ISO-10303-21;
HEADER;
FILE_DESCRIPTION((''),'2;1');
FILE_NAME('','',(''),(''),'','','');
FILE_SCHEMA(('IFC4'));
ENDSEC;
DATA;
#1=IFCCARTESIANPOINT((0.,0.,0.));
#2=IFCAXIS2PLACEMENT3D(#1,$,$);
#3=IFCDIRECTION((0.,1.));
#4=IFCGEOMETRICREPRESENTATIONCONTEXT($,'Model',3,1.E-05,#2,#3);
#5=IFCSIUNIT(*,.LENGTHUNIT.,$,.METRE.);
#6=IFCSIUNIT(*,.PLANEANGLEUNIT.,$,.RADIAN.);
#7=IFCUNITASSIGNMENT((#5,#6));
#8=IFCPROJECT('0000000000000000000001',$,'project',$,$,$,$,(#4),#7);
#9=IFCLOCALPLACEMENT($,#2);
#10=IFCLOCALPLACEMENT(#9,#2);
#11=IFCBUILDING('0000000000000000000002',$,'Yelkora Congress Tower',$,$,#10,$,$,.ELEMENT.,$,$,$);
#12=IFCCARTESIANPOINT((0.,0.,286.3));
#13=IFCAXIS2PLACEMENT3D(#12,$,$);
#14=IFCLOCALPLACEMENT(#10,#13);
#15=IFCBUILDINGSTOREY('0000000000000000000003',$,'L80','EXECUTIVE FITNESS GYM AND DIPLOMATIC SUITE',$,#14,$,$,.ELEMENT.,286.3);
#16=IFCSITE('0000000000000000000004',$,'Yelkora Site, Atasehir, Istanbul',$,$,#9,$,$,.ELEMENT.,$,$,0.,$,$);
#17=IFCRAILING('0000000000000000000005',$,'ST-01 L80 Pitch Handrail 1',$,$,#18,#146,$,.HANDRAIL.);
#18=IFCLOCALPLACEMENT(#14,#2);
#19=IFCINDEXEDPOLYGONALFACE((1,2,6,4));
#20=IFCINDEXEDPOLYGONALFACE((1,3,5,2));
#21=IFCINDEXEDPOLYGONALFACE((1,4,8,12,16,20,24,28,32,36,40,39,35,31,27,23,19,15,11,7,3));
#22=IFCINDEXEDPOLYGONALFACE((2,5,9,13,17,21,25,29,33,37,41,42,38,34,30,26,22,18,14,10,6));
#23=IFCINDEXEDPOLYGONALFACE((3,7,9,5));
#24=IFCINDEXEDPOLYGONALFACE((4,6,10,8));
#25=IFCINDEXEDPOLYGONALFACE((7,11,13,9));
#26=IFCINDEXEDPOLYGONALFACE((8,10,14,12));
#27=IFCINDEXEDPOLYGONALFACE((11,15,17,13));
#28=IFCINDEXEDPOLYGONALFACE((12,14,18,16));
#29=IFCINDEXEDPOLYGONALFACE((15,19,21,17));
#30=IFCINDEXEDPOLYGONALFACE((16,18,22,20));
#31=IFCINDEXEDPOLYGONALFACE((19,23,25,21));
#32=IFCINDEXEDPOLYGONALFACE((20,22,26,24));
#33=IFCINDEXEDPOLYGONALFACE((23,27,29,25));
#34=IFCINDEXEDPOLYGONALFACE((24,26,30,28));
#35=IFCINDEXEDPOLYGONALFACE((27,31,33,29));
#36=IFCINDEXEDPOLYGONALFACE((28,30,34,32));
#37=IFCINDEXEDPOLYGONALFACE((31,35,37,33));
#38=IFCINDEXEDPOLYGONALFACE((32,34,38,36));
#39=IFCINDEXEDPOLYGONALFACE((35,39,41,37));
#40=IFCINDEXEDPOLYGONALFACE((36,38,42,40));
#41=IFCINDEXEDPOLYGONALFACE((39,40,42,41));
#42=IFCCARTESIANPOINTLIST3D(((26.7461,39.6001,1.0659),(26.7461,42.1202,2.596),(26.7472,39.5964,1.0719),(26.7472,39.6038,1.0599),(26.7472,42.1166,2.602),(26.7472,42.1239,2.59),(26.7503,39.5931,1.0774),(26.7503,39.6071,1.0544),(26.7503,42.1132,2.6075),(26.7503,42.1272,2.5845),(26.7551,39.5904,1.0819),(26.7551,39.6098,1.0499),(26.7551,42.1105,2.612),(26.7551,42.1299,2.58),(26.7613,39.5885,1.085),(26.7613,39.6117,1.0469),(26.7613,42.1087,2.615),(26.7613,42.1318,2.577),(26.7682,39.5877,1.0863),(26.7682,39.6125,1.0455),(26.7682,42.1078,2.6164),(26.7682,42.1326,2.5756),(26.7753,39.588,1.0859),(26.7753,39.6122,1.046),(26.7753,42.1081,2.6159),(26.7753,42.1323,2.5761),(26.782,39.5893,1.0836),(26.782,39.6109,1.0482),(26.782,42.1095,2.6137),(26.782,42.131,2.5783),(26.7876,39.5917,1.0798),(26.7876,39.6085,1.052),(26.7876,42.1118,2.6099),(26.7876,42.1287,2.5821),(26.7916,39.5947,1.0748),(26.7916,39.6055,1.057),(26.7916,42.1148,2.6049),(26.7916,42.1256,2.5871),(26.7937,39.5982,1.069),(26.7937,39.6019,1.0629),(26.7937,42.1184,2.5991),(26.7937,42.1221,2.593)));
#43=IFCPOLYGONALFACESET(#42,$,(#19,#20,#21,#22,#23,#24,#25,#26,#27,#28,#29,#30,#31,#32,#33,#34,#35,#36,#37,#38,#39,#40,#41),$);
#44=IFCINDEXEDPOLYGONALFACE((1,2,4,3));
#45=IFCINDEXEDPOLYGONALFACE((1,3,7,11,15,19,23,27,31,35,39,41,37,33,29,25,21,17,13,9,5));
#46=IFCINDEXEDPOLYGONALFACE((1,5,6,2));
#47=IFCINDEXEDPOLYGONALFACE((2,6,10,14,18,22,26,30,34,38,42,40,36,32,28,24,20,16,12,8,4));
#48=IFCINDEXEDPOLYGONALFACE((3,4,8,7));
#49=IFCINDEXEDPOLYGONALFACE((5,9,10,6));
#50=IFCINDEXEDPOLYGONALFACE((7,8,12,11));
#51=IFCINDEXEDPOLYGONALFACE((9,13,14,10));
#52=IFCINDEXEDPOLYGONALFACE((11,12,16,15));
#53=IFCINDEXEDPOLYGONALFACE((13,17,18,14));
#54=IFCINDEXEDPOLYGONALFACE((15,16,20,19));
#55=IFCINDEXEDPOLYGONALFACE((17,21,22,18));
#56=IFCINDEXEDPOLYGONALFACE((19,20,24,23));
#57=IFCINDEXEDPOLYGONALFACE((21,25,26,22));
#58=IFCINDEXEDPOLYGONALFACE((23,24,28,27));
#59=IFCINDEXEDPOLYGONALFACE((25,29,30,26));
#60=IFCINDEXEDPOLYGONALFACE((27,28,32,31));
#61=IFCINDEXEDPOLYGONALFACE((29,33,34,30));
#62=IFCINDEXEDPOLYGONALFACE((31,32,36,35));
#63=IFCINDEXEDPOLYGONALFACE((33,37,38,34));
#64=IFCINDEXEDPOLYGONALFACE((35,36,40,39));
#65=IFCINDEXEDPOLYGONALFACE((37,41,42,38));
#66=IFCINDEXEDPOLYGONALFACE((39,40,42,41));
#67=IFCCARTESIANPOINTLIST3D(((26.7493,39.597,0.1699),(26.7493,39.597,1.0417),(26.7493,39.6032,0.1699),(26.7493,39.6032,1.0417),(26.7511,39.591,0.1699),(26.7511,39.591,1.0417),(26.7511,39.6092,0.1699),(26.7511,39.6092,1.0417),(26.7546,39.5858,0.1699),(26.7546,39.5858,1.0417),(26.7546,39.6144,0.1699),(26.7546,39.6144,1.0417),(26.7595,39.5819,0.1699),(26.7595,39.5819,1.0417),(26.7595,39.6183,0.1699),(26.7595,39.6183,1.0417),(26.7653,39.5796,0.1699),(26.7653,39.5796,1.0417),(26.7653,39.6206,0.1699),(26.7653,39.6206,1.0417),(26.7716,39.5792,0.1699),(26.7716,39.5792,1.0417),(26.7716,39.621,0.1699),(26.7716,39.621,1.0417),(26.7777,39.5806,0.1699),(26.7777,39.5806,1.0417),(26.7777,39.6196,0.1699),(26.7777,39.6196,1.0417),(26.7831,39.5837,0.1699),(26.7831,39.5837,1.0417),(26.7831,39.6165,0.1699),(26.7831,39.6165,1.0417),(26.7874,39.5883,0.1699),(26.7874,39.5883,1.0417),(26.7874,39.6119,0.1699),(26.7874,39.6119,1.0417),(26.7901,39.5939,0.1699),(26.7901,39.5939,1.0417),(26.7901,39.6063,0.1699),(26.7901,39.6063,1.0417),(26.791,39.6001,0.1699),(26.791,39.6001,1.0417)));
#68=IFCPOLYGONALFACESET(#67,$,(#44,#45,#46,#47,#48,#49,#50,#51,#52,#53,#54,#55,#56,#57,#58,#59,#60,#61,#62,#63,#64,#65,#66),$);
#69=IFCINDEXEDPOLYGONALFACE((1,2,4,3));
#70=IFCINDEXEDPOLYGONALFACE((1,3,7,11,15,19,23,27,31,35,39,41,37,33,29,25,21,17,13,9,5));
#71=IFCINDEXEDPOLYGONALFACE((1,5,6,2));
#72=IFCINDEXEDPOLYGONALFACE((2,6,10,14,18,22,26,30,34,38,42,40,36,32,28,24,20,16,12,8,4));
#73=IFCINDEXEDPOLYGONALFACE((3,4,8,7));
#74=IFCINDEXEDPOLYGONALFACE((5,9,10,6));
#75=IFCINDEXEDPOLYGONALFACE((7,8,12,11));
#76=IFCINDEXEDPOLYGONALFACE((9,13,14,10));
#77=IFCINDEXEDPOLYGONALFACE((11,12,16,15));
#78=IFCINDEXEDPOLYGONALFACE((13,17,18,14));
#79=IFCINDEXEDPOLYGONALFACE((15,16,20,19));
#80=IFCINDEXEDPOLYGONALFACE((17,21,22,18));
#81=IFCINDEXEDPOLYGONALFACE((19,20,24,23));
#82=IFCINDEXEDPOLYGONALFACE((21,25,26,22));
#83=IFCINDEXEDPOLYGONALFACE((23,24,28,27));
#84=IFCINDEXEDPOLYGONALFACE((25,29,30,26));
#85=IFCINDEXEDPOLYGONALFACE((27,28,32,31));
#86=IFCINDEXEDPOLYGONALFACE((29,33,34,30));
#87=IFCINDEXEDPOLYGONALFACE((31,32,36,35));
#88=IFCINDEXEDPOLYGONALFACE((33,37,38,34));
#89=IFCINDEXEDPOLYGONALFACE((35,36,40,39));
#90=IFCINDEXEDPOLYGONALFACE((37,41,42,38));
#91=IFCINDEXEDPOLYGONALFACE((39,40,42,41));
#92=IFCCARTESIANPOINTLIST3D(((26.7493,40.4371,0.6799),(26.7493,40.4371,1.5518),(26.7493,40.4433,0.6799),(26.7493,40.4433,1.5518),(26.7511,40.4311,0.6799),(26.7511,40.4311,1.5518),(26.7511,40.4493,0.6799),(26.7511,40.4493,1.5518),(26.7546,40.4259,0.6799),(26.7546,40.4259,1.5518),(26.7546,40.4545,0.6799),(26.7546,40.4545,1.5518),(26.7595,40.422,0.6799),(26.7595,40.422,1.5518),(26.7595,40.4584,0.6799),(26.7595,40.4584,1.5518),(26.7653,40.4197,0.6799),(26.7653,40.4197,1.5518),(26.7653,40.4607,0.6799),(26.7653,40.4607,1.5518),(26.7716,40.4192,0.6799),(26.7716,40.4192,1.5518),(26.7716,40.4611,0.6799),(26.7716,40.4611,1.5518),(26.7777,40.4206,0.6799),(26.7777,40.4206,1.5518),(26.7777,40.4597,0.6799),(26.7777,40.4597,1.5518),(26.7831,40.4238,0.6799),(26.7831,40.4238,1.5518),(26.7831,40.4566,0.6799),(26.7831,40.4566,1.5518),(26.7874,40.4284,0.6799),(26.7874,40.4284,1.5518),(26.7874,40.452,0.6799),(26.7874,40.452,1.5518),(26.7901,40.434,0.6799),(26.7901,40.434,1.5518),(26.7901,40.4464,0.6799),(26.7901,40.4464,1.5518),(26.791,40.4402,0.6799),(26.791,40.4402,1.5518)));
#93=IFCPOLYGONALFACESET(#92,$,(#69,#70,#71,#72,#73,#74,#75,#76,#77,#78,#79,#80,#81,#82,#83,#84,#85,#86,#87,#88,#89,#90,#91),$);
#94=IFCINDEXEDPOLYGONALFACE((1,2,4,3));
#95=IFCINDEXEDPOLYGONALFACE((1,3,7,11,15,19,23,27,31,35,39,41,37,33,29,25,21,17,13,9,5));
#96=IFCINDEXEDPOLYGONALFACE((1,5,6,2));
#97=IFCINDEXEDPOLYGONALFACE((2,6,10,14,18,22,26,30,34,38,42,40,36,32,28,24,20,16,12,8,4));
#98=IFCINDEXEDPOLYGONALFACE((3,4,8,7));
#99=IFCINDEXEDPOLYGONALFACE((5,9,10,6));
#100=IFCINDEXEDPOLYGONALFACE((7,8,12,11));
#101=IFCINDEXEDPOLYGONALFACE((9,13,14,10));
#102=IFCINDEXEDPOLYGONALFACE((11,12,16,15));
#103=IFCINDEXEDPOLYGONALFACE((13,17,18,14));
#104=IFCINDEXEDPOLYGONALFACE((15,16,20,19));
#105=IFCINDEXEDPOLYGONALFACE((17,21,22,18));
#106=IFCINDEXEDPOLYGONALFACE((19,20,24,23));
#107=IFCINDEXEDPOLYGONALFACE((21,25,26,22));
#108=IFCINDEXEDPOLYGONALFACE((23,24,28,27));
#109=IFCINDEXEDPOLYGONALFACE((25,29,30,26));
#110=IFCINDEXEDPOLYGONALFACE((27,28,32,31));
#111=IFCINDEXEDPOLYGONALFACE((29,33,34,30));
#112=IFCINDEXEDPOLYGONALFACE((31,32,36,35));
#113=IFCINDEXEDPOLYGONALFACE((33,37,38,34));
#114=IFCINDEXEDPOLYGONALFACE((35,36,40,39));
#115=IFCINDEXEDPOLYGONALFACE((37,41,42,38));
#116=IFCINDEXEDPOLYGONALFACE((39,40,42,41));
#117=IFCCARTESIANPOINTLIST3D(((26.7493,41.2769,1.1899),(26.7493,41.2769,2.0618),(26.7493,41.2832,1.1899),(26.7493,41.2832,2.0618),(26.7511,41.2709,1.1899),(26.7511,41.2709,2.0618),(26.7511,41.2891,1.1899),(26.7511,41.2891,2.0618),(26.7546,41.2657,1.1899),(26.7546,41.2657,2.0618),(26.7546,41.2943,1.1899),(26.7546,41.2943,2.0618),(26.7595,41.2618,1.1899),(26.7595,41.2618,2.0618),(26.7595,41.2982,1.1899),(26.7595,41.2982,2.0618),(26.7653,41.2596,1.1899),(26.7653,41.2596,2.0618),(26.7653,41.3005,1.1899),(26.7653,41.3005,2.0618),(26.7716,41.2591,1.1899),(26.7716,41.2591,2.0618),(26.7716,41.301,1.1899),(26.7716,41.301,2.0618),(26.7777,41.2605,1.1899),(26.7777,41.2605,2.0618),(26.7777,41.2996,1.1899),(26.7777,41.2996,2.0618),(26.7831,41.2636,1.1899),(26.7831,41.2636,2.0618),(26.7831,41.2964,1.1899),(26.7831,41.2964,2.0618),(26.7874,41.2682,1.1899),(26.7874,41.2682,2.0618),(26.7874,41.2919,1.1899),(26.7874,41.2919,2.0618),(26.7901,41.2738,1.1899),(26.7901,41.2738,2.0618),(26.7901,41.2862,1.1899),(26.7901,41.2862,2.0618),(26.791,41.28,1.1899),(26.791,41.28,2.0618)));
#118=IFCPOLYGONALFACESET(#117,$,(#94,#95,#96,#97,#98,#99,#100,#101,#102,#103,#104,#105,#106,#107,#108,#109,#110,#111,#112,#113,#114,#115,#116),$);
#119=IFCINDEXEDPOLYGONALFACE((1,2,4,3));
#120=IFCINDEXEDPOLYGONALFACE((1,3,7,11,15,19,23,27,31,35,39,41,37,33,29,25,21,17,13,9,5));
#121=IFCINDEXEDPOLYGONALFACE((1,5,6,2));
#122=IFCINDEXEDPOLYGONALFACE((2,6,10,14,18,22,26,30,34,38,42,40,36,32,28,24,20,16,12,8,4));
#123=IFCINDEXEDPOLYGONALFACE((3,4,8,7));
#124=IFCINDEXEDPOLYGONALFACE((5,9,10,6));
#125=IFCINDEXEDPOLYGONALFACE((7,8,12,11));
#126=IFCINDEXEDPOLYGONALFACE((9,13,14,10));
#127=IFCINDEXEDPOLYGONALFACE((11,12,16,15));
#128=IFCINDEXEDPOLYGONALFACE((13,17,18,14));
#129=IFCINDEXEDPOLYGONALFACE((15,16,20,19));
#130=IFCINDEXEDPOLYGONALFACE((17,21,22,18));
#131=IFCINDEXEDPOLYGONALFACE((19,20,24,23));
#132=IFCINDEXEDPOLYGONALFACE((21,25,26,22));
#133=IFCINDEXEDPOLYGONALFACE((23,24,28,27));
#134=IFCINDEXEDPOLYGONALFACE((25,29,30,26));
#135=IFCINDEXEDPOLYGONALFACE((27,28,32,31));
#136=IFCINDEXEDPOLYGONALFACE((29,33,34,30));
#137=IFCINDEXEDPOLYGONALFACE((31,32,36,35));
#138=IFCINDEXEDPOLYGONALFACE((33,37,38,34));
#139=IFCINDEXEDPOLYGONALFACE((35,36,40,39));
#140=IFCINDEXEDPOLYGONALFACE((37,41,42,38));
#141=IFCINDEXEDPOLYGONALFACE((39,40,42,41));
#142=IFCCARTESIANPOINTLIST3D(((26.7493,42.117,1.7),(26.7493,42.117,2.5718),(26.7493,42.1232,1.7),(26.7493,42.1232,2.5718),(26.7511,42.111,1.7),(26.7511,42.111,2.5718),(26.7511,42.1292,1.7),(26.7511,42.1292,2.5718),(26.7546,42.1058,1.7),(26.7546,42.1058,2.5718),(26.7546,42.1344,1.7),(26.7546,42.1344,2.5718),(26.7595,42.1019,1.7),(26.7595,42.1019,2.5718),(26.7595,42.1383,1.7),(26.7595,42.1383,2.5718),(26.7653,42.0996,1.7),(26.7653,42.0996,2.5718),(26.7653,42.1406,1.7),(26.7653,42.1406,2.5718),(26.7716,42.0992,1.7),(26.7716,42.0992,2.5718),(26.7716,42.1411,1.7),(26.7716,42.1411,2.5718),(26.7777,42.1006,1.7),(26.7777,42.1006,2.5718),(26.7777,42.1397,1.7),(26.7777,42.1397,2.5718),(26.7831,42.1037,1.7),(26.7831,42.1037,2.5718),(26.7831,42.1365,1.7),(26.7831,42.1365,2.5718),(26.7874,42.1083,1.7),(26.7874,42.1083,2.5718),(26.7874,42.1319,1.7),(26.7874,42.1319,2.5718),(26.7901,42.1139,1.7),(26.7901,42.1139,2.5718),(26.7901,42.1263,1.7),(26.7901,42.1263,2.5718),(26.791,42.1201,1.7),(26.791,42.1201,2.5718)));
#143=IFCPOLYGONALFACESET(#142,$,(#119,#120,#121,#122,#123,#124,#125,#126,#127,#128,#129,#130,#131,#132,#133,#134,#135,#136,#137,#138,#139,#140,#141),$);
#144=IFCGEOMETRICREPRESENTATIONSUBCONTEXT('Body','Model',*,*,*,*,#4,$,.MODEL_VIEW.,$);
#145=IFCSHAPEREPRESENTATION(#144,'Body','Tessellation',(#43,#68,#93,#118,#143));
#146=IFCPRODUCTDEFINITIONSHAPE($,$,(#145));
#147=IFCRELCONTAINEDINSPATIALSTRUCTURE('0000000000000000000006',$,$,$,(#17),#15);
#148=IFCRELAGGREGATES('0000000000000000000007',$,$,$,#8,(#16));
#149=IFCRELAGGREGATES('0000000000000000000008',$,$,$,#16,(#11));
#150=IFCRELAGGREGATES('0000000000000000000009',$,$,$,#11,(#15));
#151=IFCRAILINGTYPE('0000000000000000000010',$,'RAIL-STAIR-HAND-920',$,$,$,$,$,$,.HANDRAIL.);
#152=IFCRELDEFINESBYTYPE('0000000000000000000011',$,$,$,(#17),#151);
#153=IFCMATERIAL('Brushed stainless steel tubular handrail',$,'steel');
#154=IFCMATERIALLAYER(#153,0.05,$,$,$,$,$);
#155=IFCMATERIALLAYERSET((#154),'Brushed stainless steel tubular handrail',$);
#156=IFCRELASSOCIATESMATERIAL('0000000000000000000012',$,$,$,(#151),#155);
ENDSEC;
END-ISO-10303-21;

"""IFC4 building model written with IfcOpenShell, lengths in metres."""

from ifc_helpers import new_model, si_unit, direction, frame, origin, origin_2d, place, context, subcontext, project, spatial, circle, extrude, material, layer, layer_set, type_object, element, save


model = new_model("IFC4")

# Units and contexts
model_context = context("Model", 3, precision=1e-05, world=origin(), true_north=direction((0.0, 1.0)))
body_context = subcontext(model_context, "Body", "Model", "MODEL_VIEW")
ifc_project = project(units=[si_unit("LENGTHUNIT", "METRE"), si_unit("PLANEANGLEUNIT", "RADIAN")], contexts=[model_context])

# Site, building, storey
site_placement = place(None, origin())
site = spatial("IfcSite", under=ifc_project, at=site_placement, Name="Yelkora Site, Atasehir, Istanbul", CompositionType="ELEMENT", RefElevation=0.0)
building_placement = place(site_placement, origin())
building = spatial("IfcBuilding", under=site, at=building_placement, Name="Yelkora Congress Tower", CompositionType="ELEMENT")
storey_placement = place(building_placement, frame((0.0, 0.0, 286.3)))
storey = spatial("IfcBuildingStorey", under=building, at=storey_placement, Name="L80", Description="EXECUTIVE FITNESS GYM AND DIPLOMATIC SUITE", CompositionType="ELEMENT", Elevation=286.3)

# Railing
ifc_material_1 = material(Name="Brushed stainless steel tubular handrail", Category="steel")
ifc_layer_1 = layer(ifc_material_1, 0.05)
ifc_layer_set_1 = layer_set([ifc_layer_1], Name="Brushed stainless steel tubular handrail")
railing_type_1 = type_object("IfcRailingType", Name="RAIL-STAIR-HAND-920", PredefinedType="HANDRAIL", material=ifc_layer_set_1)
railing_1_placement = place(storey_placement, frame((26.77, 39.6001, 0.1699)))
element("IfcRailing", 1, at=railing_1_placement, inside=storey, type_object=railing_type_1, Name="ST-01 L80 Pitch Handrail 1", PredefinedType="HANDRAIL", context=body_context, shape_type="SweptSolid", body=[
    extrude(circle(Radius=0.0239, at=origin_2d()), frame((0.0, 0.0, 0.896), z_axis=(0.0, 0.854785, 0.518982), x_axis=(-1.0, 0.0, 0.0)), (0.0, 0.0, 1.0), 2.9482),
    extrude(circle(Radius=0.021, at=origin_2d()), origin(), (0.0, 0.0, 1.0), 0.8718),
    extrude(circle(Radius=0.021, at=origin_2d()), frame((0.0, 0.8401, 0.51)), (0.0, 0.0, 1.0), 0.8718),
    extrude(circle(Radius=0.021, at=origin_2d()), frame((0.0, 1.6799, 1.02)), (0.0, 0.0, 1.0), 0.8718),
    extrude(circle(Radius=0.021, at=origin_2d()), frame((0.0, 2.52, 1.53)), (0.0, 0.0, 1.0), 0.8718),
])

save(model, "model.ifc")
